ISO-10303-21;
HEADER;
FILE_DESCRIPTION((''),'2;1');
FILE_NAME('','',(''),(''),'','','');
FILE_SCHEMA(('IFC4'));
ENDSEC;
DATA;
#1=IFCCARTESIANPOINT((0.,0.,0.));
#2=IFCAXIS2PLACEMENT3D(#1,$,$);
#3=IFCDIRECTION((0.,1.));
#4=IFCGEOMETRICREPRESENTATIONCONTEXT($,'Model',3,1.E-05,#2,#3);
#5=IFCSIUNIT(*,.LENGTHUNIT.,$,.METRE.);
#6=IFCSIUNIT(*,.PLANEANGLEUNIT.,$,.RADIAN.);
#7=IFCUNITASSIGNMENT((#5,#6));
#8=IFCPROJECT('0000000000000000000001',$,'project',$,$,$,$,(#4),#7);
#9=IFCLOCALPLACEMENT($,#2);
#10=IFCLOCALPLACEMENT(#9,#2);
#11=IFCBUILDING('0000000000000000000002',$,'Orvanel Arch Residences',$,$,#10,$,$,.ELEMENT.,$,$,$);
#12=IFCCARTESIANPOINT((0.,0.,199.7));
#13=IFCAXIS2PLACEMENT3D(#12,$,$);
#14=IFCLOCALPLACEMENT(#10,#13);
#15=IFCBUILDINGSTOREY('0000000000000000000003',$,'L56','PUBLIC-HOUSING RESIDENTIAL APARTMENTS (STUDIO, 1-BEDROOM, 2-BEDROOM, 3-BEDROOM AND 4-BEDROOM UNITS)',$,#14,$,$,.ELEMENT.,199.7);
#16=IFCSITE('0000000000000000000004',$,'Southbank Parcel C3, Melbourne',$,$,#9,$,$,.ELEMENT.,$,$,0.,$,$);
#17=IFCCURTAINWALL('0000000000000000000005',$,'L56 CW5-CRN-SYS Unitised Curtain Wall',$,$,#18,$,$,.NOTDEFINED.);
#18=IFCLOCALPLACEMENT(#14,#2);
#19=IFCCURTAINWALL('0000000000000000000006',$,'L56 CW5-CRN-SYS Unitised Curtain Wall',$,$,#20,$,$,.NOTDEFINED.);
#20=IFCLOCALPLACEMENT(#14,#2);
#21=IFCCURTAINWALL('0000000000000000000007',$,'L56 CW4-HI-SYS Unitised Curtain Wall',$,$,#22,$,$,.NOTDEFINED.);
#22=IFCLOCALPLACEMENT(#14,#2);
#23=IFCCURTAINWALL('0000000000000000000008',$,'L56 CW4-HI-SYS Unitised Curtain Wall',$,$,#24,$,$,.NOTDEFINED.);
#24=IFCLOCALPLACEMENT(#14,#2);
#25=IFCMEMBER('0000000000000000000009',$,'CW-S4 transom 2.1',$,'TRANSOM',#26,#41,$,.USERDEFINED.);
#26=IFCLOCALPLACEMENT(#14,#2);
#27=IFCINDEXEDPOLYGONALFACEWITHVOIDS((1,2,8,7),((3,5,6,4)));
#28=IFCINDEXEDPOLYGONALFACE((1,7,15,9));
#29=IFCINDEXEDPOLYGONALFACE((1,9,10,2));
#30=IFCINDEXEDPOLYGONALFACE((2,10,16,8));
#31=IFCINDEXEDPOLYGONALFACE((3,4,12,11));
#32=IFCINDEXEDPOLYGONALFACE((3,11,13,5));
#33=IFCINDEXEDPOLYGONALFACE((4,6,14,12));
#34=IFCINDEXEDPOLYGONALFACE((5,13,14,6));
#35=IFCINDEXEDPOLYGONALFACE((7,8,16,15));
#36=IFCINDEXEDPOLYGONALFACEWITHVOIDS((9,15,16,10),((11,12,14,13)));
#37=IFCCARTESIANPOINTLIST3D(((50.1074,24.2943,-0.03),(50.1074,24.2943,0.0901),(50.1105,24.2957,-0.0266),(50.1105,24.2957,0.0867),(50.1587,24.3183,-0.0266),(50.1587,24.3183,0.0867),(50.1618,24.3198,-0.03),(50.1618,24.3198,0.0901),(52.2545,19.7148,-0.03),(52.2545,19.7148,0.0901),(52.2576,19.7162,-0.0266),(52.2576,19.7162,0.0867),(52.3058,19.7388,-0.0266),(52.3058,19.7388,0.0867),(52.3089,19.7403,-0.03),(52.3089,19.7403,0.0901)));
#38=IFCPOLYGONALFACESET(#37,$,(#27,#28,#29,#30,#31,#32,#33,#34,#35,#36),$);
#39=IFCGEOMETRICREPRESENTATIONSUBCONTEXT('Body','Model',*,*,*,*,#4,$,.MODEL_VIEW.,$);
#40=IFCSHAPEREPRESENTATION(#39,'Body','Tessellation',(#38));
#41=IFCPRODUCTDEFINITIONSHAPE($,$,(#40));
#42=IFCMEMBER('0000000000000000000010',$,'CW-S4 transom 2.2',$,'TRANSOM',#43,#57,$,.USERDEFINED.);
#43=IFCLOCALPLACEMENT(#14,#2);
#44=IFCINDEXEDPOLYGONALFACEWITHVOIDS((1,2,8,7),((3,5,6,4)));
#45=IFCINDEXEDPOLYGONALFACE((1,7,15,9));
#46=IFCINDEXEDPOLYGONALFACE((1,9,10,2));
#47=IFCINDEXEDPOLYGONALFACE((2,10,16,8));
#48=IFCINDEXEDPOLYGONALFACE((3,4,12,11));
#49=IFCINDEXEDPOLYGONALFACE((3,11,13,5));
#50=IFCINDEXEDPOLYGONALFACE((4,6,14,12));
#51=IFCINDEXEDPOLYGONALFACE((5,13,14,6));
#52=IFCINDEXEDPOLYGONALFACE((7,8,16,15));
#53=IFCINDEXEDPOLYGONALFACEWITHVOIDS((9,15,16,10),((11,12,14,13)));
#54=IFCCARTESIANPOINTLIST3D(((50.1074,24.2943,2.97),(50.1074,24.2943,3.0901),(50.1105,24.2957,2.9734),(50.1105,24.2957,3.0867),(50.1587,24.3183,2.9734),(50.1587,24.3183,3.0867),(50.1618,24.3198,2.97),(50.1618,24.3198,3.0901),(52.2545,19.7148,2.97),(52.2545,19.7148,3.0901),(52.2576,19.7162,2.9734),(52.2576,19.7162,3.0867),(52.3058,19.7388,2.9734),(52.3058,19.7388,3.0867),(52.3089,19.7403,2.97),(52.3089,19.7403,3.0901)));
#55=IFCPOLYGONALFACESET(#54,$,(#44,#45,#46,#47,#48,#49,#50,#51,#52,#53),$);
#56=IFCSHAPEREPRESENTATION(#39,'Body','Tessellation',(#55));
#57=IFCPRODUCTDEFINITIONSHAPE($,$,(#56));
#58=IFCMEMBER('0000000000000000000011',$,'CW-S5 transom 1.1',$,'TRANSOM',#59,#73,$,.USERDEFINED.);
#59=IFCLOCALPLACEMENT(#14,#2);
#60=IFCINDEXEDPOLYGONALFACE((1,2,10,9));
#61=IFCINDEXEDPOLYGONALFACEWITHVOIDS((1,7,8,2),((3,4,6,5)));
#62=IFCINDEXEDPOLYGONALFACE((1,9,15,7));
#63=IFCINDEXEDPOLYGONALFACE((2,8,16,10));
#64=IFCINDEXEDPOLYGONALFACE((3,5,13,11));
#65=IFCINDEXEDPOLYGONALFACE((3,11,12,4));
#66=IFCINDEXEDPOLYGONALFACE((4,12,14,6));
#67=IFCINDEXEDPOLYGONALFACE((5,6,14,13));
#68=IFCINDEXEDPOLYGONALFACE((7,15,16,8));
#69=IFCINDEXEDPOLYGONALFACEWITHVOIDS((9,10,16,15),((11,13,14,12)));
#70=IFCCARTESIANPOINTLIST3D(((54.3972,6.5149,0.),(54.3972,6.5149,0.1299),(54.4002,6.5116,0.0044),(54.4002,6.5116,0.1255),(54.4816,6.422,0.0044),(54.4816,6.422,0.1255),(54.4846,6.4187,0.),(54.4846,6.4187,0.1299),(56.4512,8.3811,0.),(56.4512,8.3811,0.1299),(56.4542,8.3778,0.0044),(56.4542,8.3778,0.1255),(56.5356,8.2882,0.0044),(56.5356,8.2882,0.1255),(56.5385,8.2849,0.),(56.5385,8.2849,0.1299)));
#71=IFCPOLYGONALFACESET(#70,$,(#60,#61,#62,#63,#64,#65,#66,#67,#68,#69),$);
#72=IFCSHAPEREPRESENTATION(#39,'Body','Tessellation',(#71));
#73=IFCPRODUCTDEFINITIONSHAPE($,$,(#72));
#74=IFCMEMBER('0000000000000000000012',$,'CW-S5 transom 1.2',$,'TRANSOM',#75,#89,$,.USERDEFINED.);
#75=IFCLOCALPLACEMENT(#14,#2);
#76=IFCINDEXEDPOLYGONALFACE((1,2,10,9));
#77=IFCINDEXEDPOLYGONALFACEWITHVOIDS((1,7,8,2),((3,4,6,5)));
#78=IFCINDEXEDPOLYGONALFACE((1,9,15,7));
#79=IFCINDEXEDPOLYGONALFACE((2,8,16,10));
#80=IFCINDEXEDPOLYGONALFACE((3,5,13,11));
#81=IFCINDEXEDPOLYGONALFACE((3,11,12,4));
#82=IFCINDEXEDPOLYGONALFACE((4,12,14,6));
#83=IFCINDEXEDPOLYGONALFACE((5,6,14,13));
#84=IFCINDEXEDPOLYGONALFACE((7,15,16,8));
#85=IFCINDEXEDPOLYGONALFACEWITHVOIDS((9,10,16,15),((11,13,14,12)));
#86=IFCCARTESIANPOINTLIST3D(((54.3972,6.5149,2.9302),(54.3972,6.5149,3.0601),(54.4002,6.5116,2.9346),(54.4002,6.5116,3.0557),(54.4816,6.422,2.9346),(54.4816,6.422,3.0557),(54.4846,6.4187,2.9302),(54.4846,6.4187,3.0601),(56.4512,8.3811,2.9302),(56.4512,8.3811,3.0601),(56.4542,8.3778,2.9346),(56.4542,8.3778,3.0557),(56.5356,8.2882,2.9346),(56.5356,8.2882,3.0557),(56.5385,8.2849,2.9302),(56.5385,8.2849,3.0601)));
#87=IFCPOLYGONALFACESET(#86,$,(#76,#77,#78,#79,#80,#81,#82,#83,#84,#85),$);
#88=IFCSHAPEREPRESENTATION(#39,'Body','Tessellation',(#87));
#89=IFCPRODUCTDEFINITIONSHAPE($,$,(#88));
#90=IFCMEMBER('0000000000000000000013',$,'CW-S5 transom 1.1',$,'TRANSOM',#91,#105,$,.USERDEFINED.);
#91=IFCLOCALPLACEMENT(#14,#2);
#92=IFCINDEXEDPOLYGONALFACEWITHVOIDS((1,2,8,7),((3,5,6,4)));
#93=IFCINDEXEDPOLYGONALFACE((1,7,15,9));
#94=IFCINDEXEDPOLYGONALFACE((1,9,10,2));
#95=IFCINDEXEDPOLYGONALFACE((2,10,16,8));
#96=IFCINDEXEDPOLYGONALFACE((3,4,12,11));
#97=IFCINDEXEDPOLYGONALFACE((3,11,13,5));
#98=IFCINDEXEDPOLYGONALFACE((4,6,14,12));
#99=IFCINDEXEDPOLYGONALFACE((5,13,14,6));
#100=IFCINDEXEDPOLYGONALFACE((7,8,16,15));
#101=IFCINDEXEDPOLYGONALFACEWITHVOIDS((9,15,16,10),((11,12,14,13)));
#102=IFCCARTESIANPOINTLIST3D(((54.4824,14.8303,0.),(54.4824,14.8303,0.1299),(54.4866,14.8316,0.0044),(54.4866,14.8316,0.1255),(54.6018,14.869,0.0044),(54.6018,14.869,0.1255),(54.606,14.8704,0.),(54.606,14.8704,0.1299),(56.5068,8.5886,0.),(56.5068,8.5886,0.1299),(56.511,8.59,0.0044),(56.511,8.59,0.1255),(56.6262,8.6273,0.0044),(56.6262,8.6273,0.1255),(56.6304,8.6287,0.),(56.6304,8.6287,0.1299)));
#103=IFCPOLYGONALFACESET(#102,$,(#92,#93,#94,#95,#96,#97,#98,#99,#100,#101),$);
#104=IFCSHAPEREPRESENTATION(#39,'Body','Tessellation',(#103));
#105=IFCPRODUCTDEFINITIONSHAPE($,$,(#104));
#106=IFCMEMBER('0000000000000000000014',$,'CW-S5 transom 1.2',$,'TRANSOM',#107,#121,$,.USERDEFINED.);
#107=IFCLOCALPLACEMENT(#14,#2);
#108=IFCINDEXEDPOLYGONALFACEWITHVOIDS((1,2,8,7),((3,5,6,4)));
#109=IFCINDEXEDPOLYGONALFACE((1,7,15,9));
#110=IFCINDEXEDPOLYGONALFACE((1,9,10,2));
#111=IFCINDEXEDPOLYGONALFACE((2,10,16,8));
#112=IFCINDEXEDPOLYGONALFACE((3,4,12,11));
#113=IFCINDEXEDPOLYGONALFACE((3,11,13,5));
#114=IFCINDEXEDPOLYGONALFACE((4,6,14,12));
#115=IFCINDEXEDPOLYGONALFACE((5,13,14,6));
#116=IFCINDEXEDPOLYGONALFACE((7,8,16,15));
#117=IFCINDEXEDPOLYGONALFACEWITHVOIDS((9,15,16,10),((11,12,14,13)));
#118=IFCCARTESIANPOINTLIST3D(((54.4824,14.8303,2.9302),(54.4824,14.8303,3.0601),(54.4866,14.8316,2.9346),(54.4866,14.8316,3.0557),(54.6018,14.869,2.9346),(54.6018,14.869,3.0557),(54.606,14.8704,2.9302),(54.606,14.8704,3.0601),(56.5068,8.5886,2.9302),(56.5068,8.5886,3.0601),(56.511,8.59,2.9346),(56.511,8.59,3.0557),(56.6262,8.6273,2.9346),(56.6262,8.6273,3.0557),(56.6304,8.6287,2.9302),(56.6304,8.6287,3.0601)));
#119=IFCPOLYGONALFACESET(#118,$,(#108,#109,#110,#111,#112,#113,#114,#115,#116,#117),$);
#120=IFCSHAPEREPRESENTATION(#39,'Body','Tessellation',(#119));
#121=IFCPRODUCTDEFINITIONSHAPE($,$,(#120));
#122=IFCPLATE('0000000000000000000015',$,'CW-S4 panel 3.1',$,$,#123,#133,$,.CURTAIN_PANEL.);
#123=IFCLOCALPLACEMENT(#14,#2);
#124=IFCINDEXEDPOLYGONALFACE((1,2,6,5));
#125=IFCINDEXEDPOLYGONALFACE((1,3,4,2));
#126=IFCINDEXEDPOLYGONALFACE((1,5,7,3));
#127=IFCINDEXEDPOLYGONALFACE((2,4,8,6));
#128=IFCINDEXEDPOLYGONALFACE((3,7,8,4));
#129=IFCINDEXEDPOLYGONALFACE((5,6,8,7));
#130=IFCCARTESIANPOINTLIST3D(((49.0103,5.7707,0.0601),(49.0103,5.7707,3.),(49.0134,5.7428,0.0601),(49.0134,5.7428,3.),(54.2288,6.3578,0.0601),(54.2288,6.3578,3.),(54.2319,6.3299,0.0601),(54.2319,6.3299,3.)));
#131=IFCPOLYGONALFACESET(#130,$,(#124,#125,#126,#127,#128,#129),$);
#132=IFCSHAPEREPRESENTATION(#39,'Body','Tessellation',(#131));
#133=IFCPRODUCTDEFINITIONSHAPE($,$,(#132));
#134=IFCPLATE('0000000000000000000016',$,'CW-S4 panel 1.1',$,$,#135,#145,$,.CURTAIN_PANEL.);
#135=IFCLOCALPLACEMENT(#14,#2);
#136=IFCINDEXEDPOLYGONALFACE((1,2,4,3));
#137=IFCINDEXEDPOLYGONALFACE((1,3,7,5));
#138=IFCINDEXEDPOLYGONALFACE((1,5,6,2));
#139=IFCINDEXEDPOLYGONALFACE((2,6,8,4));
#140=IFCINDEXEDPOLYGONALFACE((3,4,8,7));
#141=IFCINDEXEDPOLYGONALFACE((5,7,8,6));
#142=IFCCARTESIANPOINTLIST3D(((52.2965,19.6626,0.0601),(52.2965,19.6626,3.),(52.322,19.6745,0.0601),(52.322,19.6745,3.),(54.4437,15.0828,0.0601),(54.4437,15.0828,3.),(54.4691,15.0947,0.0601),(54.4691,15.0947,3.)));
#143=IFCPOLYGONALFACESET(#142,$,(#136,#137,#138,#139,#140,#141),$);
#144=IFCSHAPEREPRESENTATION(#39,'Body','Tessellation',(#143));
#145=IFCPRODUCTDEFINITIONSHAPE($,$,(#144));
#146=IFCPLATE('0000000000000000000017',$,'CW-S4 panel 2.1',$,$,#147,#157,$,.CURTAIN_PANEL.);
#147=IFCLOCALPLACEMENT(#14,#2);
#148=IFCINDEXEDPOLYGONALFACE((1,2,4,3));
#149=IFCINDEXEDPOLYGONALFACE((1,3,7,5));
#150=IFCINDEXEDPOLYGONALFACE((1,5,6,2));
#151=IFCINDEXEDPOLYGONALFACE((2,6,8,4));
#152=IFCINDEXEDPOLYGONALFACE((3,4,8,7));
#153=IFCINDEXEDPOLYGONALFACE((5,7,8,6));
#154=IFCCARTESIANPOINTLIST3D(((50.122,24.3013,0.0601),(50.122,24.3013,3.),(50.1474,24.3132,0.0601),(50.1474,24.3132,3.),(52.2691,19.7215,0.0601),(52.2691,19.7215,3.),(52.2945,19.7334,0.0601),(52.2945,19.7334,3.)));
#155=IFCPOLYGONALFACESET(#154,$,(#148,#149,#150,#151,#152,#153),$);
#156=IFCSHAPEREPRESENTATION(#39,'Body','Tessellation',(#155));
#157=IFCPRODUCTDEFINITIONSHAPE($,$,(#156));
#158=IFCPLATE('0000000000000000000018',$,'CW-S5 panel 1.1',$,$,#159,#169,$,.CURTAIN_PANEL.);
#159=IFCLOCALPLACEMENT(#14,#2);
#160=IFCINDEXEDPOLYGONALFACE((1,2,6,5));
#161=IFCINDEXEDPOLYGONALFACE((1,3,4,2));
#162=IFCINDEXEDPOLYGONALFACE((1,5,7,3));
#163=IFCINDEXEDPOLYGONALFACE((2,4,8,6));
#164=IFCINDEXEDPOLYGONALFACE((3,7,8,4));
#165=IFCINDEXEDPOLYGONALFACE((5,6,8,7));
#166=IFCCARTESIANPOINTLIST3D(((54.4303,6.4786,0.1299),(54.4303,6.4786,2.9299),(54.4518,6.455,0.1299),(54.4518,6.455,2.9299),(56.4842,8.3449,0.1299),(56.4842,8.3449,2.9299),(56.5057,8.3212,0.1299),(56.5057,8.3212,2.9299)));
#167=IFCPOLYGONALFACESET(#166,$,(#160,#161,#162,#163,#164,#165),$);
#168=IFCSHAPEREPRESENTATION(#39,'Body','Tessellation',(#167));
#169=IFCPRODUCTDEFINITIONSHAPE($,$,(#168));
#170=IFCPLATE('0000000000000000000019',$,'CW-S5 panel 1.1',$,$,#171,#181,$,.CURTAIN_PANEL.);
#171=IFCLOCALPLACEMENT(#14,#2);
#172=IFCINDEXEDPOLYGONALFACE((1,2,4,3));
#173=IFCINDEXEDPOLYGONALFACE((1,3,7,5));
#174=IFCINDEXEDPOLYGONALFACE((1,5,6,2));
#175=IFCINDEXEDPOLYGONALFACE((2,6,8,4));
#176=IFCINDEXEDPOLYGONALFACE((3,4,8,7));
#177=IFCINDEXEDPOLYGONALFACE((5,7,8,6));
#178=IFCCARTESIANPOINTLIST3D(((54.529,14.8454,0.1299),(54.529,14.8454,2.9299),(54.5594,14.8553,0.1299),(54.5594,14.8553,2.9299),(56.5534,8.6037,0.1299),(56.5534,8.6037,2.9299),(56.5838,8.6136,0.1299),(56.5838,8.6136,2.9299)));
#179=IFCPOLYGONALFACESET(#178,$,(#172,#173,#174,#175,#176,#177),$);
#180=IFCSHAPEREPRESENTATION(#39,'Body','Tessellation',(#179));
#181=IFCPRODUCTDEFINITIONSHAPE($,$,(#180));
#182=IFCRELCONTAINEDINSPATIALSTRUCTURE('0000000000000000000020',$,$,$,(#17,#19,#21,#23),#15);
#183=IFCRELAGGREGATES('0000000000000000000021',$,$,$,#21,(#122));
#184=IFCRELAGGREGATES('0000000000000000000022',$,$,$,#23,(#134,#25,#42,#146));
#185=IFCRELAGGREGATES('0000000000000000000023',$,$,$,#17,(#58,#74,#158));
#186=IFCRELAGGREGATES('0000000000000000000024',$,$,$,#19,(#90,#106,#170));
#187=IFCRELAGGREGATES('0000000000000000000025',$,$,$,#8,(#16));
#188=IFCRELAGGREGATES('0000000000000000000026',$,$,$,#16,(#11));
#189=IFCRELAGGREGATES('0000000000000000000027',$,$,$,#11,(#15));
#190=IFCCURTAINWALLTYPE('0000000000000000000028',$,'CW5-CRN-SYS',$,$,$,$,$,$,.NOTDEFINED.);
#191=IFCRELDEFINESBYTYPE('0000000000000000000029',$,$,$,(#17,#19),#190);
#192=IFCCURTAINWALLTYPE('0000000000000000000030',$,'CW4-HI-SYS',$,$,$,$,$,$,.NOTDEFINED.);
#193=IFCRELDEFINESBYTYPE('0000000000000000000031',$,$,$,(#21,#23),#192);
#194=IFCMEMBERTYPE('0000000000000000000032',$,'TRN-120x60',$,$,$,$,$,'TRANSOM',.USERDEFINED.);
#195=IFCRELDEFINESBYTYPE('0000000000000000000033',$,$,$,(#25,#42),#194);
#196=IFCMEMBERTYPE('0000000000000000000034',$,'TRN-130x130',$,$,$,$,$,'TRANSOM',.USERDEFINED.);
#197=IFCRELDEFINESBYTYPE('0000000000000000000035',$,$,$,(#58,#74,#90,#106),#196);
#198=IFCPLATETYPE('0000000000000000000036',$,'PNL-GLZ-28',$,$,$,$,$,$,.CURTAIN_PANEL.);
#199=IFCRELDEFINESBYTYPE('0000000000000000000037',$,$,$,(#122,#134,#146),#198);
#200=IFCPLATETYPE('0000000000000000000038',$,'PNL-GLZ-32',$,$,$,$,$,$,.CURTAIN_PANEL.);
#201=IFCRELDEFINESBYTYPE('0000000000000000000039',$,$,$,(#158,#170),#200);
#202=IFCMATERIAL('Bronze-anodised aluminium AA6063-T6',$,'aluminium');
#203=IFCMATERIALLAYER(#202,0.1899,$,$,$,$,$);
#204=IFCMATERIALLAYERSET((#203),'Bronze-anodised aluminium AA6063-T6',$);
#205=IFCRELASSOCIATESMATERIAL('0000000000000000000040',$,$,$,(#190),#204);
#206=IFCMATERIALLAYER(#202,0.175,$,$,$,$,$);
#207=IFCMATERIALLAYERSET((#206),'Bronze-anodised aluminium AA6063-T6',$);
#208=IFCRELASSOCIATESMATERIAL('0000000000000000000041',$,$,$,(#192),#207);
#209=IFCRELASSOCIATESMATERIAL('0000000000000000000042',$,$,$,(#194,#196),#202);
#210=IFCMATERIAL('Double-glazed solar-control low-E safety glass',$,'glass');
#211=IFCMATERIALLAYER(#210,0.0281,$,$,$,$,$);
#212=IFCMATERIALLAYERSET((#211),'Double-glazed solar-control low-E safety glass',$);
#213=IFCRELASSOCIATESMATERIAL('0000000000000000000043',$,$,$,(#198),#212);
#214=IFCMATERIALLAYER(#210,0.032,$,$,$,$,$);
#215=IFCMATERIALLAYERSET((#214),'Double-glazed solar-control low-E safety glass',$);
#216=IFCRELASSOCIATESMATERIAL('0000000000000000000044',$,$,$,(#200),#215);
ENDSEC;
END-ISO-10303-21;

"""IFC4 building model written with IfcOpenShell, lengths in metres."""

from ifc_helpers import new_model, si_unit, direction, frame, origin, origin_2d, place, context, subcontext, project, spatial, rectangle, hollow_rectangle, extrude, material, layer, layer_set, material_profile, profile_set, type_object, element, aggregate, save


model = new_model("IFC4")

# Units and contexts
model_context = context("Model", 3, precision=1e-05, world=origin(), true_north=direction((0.0, 1.0)))
body_context = subcontext(model_context, "Body", "Model", "MODEL_VIEW")
ifc_project = project(units=[si_unit("LENGTHUNIT", "METRE"), si_unit("PLANEANGLEUNIT", "RADIAN")], contexts=[model_context])

# Site, building, storey
site_placement = place(None, origin())
site = spatial("IfcSite", under=ifc_project, at=site_placement, Name="Southbank Parcel C3, Melbourne", CompositionType="ELEMENT", RefElevation=0.0)
building_placement = place(site_placement, origin())
building = spatial("IfcBuilding", under=site, at=building_placement, Name="Orvanel Arch Residences", CompositionType="ELEMENT")
storey_placement = place(building_placement, frame((0.0, 0.0, 199.7)))
storey = spatial("IfcBuildingStorey", under=building, at=storey_placement, Name="L56", Description="PUBLIC-HOUSING RESIDENTIAL APARTMENTS (STUDIO, 1-BEDROOM, 2-BEDROOM, 3-BEDROOM AND 4-BEDROOM UNITS)", CompositionType="ELEMENT", Elevation=199.7)

# Curtain walls
ifc_material_1 = material(Name="Bronze-anodised aluminium AA6063-T6", Category="aluminium")
ifc_layer_1 = layer(ifc_material_1, 0.1899)
ifc_layer_set_1 = layer_set([ifc_layer_1], Name="Bronze-anodised aluminium AA6063-T6")
curtain_wall_type_1 = type_object("IfcCurtainWallType", Name="CW5-CRN-SYS", PredefinedType="NOTDEFINED", material=ifc_layer_set_1)
curtain_wall_1_placement = place(storey_placement, origin())
curtain_wall_1 = element("IfcCurtainWall", 1, at=curtain_wall_1_placement, inside=storey, type_object=curtain_wall_type_1, Name="L56 CW5-CRN-SYS Unitised Curtain Wall", PredefinedType="NOTDEFINED")
curtain_wall_2_placement = place(storey_placement, origin())
curtain_wall_2 = element("IfcCurtainWall", 2, at=curtain_wall_2_placement, inside=storey, type_object=curtain_wall_type_1, Name="L56 CW5-CRN-SYS Unitised Curtain Wall", PredefinedType="NOTDEFINED")

# Curtain wall
ifc_layer_2 = layer(ifc_material_1, 0.175)
ifc_layer_set_2 = layer_set([ifc_layer_2], Name="Bronze-anodised aluminium AA6063-T6")
curtain_wall_type_2 = type_object("IfcCurtainWallType", Name="CW4-HI-SYS", PredefinedType="NOTDEFINED", material=ifc_layer_set_2)
curtain_wall_3_placement = place(storey_placement, origin())
curtain_wall_3 = element("IfcCurtainWall", 3, at=curtain_wall_3_placement, inside=storey, type_object=curtain_wall_type_2, Name="L56 CW4-HI-SYS Unitised Curtain Wall", PredefinedType="NOTDEFINED")

# Curtain wall
curtain_wall_4_placement = place(storey_placement, origin())
curtain_wall_4 = element("IfcCurtainWall", 4, at=curtain_wall_4_placement, inside=storey, type_object=curtain_wall_type_2, Name="L56 CW4-HI-SYS Unitised Curtain Wall", PredefinedType="NOTDEFINED")

# Members
ifc_material_profile_1 = material_profile(ifc_material_1, hollow_rectangle(XDim=0.0601, YDim=0.1201, WallThickness=0.0034, at=origin_2d()), Name="ALU120x60x3.5")
ifc_profile_set_1 = profile_set([ifc_material_profile_1], Name="Bronze-anodised aluminium AA6063-T6")
member_type_1 = type_object("IfcMemberType", Name="TRN-120x60", ElementType="TRANSOM", PredefinedType="USERDEFINED", material=ifc_profile_set_1)
member_1_placement = place(storey_placement, frame((52.2817, 19.7275, 0.03), z_axis=(-0.42452, 0.905418, 0.0), x_axis=(-0.905418, -0.42452, 0.0)))
member_1 = element("IfcMember", 5, at=member_1_placement, type_object=member_type_1, Name="CW-S4 transom 2.1", ObjectType="TRANSOM", PredefinedType="USERDEFINED", context=body_context, shape_type="SweptSolid", body=[
    extrude(hollow_rectangle(XDim=0.0601, YDim=0.1201, WallThickness=0.0034, at=origin_2d()), origin(), (0.0, 0.0, 1.0), 5.0579),
])
member_2_placement = place(storey_placement, frame((52.2817, 19.7275, 3.03), z_axis=(-0.42452, 0.905418, 0.0), x_axis=(-0.905418, -0.42452, 0.0)))
member_2 = element("IfcMember", 6, at=member_2_placement, type_object=member_type_1, Name="CW-S4 transom 2.2", ObjectType="TRANSOM", PredefinedType="USERDEFINED", context=body_context, shape_type="SweptSolid", body=[
    extrude(hollow_rectangle(XDim=0.0601, YDim=0.1201, WallThickness=0.0034, at=origin_2d()), origin(), (0.0, 0.0, 1.0), 5.0579),
])
ifc_material_profile_2 = material_profile(ifc_material_1, hollow_rectangle(XDim=0.1299, YDim=0.1299, WallThickness=0.0044, at=origin_2d()), Name="ALU130x130x4.5")
ifc_profile_set_2 = profile_set([ifc_material_profile_2], Name="Bronze-anodised aluminium AA6063-T6")
member_type_2 = type_object("IfcMemberType", Name="TRN-130x130", ElementType="TRANSOM", PredefinedType="USERDEFINED", material=ifc_profile_set_2)
member_3_placement = place(storey_placement, frame((54.4409, 6.4668, 0.0649), z_axis=(0.740123, 0.672471, 0.0), x_axis=(-0.672471, 0.740123, 0.0)))
member_3 = element("IfcMember", 7, at=member_3_placement, type_object=member_type_2, Name="CW-S5 transom 1.1", ObjectType="TRANSOM", PredefinedType="USERDEFINED", context=body_context, shape_type="SweptSolid", body=[
    extrude(hollow_rectangle(XDim=0.1299, YDim=0.1299, WallThickness=0.0044, at=origin_2d()), origin(), (0.0, 0.0, 1.0), 2.7751),
])
member_4_placement = place(storey_placement, frame((54.4409, 6.4668, 2.9951), z_axis=(0.740123, 0.672471, 0.0), x_axis=(-0.672471, 0.740123, 0.0)))
member_4 = element("IfcMember", 8, at=member_4_placement, type_object=member_type_2, Name="CW-S5 transom 1.2", ObjectType="TRANSOM", PredefinedType="USERDEFINED", context=body_context, shape_type="SweptSolid", body=[
    extrude(hollow_rectangle(XDim=0.1299, YDim=0.1299, WallThickness=0.0044, at=origin_2d()), origin(), (0.0, 0.0, 1.0), 2.7751),
])
member_5_placement = place(storey_placement, frame((56.5686, 8.6086, 0.0649), z_axis=(-0.308516, 0.951219, 0.0), x_axis=(-0.951219, -0.308516, 0.0)))
member_5 = element("IfcMember", 9, at=member_5_placement, type_object=member_type_2, Name="CW-S5 transom 1.1", ObjectType="TRANSOM", PredefinedType="USERDEFINED", context=body_context, shape_type="SweptSolid", body=[
    extrude(hollow_rectangle(XDim=0.1299, YDim=0.1299, WallThickness=0.0044, at=origin_2d()), origin(), (0.0, 0.0, 1.0), 6.5618),
])
member_6_placement = place(storey_placement, frame((56.5686, 8.6086, 2.9951), z_axis=(-0.308516, 0.951219, 0.0), x_axis=(-0.951219, -0.308516, 0.0)))
member_6 = element("IfcMember", 10, at=member_6_placement, type_object=member_type_2, Name="CW-S5 transom 1.2", ObjectType="TRANSOM", PredefinedType="USERDEFINED", context=body_context, shape_type="SweptSolid", body=[
    extrude(hollow_rectangle(XDim=0.1299, YDim=0.1299, WallThickness=0.0044, at=origin_2d()), origin(), (0.0, 0.0, 1.0), 6.5618),
])

# Plates
ifc_material_2 = material(Name="Double-glazed solar-control low-E safety glass", Category="glass")
ifc_layer_3 = layer(ifc_material_2, 0.0281)
ifc_layer_set_3 = layer_set([ifc_layer_3], Name="Double-glazed solar-control low-E safety glass")
plate_type_1 = type_object("IfcPlateType", Name="PNL-GLZ-28", PredefinedType="CURTAIN_PANEL", material=ifc_layer_set_3)
plate_1_placement = place(storey_placement, frame((51.6211, 6.0503, 0.0601), z_axis=(0.0, 0.0, 1.0), x_axis=(0.993731, 0.111799, 0.0)))
plate_1 = element("IfcPlate", 11, at=plate_1_placement, type_object=plate_type_1, Name="CW-S4 panel 3.1", PredefinedType="CURTAIN_PANEL", context=body_context, shape_type="SweptSolid", body=[
    extrude(rectangle(XDim=5.2515, YDim=0.0281, at=origin_2d()), origin(), (0.0, 0.0, 1.0), 2.9399),
])
aggregate(curtain_wall_3, [plate_1])
plate_2_placement = place(storey_placement, frame((53.3828, 17.3787, 0.0601), z_axis=(0.0, 0.0, 1.0), x_axis=(-0.424494, 0.905431, 0.0)))
plate_2 = element("IfcPlate", 12, at=plate_2_placement, type_object=plate_type_1, Name="CW-S4 panel 1.1", PredefinedType="CURTAIN_PANEL", context=body_context, shape_type="SweptSolid", body=[
    extrude(rectangle(XDim=5.0581, YDim=0.0281, at=origin_2d()), origin(), (0.0, 0.0, 1.0), 2.9399),
])
plate_3_placement = place(storey_placement, frame((51.2083, 22.0173, 0.0601), z_axis=(0.0, 0.0, 1.0), x_axis=(-0.424494, 0.905431, 0.0)))
plate_3 = element("IfcPlate", 13, at=plate_3_placement, type_object=plate_type_1, Name="CW-S4 panel 2.1", PredefinedType="CURTAIN_PANEL", context=body_context, shape_type="SweptSolid", body=[
    extrude(rectangle(XDim=5.0581, YDim=0.0281, at=origin_2d()), origin(), (0.0, 0.0, 1.0), 2.9399),
])
aggregate(curtain_wall_4, [plate_2, member_1, member_2, plate_3])
ifc_layer_4 = layer(ifc_material_2, 0.032)
ifc_layer_set_4 = layer_set([ifc_layer_4], Name="Double-glazed solar-control low-E safety glass")
plate_type_2 = type_object("IfcPlateType", Name="PNL-GLZ-32", PredefinedType="CURTAIN_PANEL", material=ifc_layer_set_4)
plate_4_placement = place(storey_placement, frame((55.468, 7.3999, 0.1299), z_axis=(0.0, 0.0, 1.0), x_axis=(0.740117, 0.672479, 0.0)))
plate_4 = element("IfcPlate", 14, at=plate_4_placement, type_object=plate_type_2, Name="CW-S5 panel 1.1", PredefinedType="CURTAIN_PANEL", context=body_context, shape_type="SweptSolid", body=[
    extrude(rectangle(XDim=2.7751, YDim=0.032, at=origin_2d()), origin(), (0.0, 0.0, 1.0), 2.8),
])
aggregate(curtain_wall_1, [member_3, member_4, plate_4])
plate_5_placement = place(storey_placement, frame((55.5564, 11.7295, 0.1299), z_axis=(0.0, 0.0, 1.0), x_axis=(-0.308523, 0.951217, 0.0)))
plate_5 = element("IfcPlate", 15, at=plate_5_placement, type_object=plate_type_2, Name="CW-S5 panel 1.1", PredefinedType="CURTAIN_PANEL", context=body_context, shape_type="SweptSolid", body=[
    extrude(rectangle(XDim=6.5618, YDim=0.032, at=origin_2d()), origin(), (0.0, 0.0, 1.0), 2.8),
])
aggregate(curtain_wall_2, [member_5, member_6, plate_5])

save(model, "model.ifc")
